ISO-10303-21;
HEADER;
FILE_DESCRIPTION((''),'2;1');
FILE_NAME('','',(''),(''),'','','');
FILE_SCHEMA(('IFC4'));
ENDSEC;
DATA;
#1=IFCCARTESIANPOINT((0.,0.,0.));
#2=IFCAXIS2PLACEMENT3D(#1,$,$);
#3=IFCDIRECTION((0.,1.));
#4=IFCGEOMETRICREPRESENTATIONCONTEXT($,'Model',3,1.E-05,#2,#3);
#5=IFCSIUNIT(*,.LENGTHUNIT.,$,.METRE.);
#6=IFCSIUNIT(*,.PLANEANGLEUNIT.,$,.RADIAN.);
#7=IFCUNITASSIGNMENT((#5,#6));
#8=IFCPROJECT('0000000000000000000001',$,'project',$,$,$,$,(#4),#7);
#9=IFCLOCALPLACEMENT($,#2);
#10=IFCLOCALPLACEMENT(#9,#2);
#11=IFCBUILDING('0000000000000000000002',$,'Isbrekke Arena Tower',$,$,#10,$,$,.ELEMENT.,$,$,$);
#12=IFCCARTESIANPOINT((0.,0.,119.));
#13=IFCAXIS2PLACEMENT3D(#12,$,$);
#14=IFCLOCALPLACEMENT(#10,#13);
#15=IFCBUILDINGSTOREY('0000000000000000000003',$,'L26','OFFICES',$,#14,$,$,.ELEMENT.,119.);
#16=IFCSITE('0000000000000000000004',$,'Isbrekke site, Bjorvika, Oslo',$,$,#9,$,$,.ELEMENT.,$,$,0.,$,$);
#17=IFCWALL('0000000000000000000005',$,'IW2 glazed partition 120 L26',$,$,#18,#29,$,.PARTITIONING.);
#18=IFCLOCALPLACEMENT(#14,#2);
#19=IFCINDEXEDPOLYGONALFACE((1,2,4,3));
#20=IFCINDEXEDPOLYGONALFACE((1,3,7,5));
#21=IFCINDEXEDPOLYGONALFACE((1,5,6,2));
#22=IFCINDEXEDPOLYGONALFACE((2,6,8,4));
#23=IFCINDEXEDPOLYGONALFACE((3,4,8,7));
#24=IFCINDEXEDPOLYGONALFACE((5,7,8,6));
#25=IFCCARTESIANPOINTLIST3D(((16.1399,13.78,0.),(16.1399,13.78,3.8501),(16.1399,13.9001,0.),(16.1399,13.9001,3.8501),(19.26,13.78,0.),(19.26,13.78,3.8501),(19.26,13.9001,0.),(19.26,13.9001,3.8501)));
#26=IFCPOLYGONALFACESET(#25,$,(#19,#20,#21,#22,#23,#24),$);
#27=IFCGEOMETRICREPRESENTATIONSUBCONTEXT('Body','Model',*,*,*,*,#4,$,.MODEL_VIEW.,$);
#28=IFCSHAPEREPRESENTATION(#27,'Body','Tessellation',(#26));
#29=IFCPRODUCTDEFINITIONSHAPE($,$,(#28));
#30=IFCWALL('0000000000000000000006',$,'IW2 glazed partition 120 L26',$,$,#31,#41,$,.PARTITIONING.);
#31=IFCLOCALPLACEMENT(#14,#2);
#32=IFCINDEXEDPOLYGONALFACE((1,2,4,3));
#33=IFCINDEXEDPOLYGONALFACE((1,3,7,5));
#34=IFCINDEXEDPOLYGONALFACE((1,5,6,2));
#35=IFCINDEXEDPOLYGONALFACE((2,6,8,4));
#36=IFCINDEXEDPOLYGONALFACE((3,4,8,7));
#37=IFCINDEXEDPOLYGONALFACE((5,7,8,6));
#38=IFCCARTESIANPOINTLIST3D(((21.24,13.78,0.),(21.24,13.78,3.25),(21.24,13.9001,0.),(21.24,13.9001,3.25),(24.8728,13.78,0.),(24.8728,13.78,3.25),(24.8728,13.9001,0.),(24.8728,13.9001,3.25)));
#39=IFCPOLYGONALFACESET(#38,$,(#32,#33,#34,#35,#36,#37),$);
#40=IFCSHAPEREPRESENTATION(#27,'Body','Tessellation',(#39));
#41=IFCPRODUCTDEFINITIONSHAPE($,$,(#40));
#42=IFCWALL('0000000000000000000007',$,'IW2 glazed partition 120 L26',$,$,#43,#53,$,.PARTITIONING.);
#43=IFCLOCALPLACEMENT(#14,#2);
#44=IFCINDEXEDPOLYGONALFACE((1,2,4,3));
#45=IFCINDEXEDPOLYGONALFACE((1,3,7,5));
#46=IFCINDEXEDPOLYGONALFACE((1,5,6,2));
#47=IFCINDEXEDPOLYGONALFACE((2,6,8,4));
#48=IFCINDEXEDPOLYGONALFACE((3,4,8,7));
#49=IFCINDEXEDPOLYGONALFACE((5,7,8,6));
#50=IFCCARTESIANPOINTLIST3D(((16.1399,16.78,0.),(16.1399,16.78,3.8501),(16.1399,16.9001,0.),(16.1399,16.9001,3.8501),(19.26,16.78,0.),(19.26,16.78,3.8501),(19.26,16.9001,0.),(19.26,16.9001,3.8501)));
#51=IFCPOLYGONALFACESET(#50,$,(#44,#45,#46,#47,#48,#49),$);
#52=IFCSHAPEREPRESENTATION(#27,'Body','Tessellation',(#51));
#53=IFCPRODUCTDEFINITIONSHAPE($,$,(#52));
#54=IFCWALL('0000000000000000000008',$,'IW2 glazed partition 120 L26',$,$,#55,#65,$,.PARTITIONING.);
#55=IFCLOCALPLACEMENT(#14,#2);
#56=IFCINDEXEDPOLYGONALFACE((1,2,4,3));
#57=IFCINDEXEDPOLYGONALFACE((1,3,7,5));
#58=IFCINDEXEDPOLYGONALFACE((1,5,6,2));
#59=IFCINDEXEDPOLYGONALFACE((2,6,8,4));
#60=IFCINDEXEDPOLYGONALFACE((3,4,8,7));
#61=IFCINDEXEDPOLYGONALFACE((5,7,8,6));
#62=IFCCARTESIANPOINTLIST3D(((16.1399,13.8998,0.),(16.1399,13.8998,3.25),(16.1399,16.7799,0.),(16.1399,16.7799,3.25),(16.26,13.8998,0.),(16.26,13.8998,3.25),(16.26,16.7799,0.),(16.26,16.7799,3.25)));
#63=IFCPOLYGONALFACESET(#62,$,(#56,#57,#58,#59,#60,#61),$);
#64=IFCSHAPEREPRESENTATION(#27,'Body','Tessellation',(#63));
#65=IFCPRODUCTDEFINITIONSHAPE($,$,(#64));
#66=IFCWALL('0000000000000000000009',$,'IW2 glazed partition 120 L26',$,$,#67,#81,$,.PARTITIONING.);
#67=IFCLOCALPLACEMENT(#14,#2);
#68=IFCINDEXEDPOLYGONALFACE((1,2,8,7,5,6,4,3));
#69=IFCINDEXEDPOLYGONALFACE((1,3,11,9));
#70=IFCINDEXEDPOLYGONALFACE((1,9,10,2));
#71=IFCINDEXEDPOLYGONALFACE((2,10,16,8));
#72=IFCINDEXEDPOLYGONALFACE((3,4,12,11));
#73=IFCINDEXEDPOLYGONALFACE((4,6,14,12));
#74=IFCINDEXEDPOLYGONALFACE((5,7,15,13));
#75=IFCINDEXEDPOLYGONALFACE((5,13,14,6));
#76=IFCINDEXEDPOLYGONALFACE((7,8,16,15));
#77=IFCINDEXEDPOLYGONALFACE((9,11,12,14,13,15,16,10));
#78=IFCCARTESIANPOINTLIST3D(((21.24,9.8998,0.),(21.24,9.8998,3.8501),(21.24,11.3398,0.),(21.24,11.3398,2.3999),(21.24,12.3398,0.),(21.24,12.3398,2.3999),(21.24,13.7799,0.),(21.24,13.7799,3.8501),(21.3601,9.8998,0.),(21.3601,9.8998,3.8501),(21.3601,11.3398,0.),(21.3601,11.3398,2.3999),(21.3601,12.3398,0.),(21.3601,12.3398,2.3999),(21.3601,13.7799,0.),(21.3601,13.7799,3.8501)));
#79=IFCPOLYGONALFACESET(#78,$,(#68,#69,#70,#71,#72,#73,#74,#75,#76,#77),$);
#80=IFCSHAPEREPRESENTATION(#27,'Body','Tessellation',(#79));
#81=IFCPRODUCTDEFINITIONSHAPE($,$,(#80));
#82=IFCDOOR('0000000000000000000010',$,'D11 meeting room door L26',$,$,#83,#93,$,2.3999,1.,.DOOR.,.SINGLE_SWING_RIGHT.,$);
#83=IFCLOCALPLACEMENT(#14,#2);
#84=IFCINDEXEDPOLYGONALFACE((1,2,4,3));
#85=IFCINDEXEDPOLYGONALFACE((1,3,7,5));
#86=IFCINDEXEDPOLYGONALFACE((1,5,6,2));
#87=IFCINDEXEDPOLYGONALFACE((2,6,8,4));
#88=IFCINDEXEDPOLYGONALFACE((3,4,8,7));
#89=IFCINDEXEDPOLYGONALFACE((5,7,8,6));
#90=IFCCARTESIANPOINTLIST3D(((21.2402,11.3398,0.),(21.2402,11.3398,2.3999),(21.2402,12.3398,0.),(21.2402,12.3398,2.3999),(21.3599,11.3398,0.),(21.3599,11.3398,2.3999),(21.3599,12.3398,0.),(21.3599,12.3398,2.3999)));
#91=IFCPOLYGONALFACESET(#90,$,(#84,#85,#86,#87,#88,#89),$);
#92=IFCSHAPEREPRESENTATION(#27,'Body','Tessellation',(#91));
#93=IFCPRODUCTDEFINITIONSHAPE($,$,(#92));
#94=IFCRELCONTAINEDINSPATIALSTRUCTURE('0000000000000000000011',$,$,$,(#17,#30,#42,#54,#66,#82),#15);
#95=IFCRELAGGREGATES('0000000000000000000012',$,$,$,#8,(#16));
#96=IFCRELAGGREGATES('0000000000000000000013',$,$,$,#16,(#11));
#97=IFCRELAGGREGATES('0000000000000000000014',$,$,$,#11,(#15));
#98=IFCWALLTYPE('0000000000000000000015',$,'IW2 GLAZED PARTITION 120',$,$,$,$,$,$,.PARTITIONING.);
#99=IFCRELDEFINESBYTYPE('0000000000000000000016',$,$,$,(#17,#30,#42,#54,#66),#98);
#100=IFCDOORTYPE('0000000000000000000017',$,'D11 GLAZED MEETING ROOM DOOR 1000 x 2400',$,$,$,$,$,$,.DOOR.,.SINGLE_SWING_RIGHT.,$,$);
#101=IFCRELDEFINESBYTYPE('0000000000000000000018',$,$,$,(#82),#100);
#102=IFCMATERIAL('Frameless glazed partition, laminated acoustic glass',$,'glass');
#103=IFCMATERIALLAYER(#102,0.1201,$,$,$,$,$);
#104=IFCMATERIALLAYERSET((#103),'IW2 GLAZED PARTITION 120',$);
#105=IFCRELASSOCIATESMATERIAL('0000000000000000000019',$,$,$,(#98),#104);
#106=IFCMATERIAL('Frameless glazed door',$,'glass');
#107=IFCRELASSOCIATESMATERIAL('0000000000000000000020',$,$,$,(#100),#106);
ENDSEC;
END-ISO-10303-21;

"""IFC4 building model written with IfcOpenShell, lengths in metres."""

from ifc_helpers import new_model, si_unit, direction, frame, frame_2d, origin, place, context, subcontext, project, spatial, rectangle, extrude, material, layer, layer_set, type_object, element, fill, save


model = new_model("IFC4")

# Units and contexts
model_context = context("Model", 3, precision=1e-05, world=origin(), true_north=direction((0.0, 1.0)))
body_context = subcontext(model_context, "Body", "Model", "MODEL_VIEW")
ifc_project = project(units=[si_unit("LENGTHUNIT", "METRE"), si_unit("PLANEANGLEUNIT", "RADIAN")], contexts=[model_context])

# Site, building, storey
site_placement = place(None, origin())
site = spatial("IfcSite", under=ifc_project, at=site_placement, Name="Isbrekke site, Bjorvika, Oslo", CompositionType="ELEMENT", RefElevation=0.0)
building_placement = place(site_placement, origin())
building = spatial("IfcBuilding", under=site, at=building_placement, Name="Isbrekke Arena Tower", CompositionType="ELEMENT")
storey_placement = place(building_placement, frame((0.0, 0.0, 119.0)))
storey = spatial("IfcBuildingStorey", under=building, at=storey_placement, Name="L26", Description="OFFICES", CompositionType="ELEMENT", Elevation=119.0)

# Walls
ifc_material_1 = material(Name="Frameless glazed partition, laminated acoustic glass", Category="glass")
ifc_layer_1 = layer(ifc_material_1, 0.1201)
ifc_layer_set_1 = layer_set([ifc_layer_1], Name="IW2 GLAZED PARTITION 120")
wall_type_1 = type_object("IfcWallType", Name="IW2 GLAZED PARTITION 120", PredefinedType="PARTITIONING", material=ifc_layer_set_1)
wall_1_placement = place(storey_placement, frame((16.1399, 13.8401, 0.0), z_axis=(0.0, 0.0, 1.0), x_axis=(1.0, 0.0, 0.0)))
element("IfcWall", 1, at=wall_1_placement, inside=storey, type_object=wall_type_1, Name="IW2 glazed partition 120 L26", PredefinedType="PARTITIONING", context=body_context, shape_type="SweptSolid", body=[
    extrude(rectangle(XDim=3.1201, YDim=0.1201, at=frame_2d((1.5601, 0.0))), origin(), (0.0, 0.0, 1.0), 3.8501),
])
wall_2_placement = place(storey_placement, frame((21.24, 13.8401, 0.0), z_axis=(0.0, 0.0, 1.0), x_axis=(1.0, 0.0, 0.0)))
element("IfcWall", 2, at=wall_2_placement, inside=storey, type_object=wall_type_1, Name="IW2 glazed partition 120 L26", PredefinedType="PARTITIONING", context=body_context, shape_type="SweptSolid", body=[
    extrude(rectangle(XDim=3.6328, YDim=0.1201, at=frame_2d((1.8164, 0.0))), origin(), (0.0, 0.0, 1.0), 3.25),
])
wall_3_placement = place(storey_placement, frame((16.1399, 16.8401, 0.0), z_axis=(0.0, 0.0, 1.0), x_axis=(1.0, 0.0, 0.0)))
element("IfcWall", 3, at=wall_3_placement, inside=storey, type_object=wall_type_1, Name="IW2 glazed partition 120 L26", PredefinedType="PARTITIONING", context=body_context, shape_type="SweptSolid", body=[
    extrude(rectangle(XDim=3.1201, YDim=0.1201, at=frame_2d((1.5601, 0.0))), origin(), (0.0, 0.0, 1.0), 3.8501),
])
wall_4_placement = place(storey_placement, frame((16.2, 13.8999, 0.0), z_axis=(0.0, 0.0, 1.0), x_axis=(0.0, 1.0, 0.0)))
element("IfcWall", 4, at=wall_4_placement, inside=storey, type_object=wall_type_1, Name="IW2 glazed partition 120 L26", PredefinedType="PARTITIONING", context=body_context, shape_type="SweptSolid", body=[
    extrude(rectangle(XDim=2.8801, YDim=0.1201, at=frame_2d((1.4399, 0.0))), origin(), (0.0, 0.0, 1.0), 3.25),
])

# Wall, opening, door
ifc_material_2 = material(Name="Frameless glazed door", Category="glass")
door_type = type_object("IfcDoorType", Name="D11 GLAZED MEETING ROOM DOOR 1000 x 2400", OperationType="SINGLE_SWING_RIGHT", PredefinedType="DOOR", material=ifc_material_2)
wall_5_placement = place(storey_placement, frame((21.3, 9.8999, 0.0), z_axis=(0.0, 0.0, 1.0), x_axis=(0.0, 1.0, 0.0)))
wall_5 = element("IfcWall", 5, at=wall_5_placement, inside=storey, type_object=wall_type_1, Name="IW2 glazed partition 120 L26", PredefinedType="PARTITIONING", context=body_context, shape_type="SweptSolid", body=[
    extrude(rectangle(XDim=3.8801, YDim=0.1201, at=frame_2d((1.9399, 0.0))), origin(), (0.0, 0.0, 1.0), 3.8501),
])
opening_1_placement = place(wall_5_placement, frame((1.4399, 0.0, 0.0)))
opening_1 = element("IfcOpeningElement", 6, at=opening_1_placement, cuts=wall_5, PredefinedType="OPENING", context=body_context, shape_type="SweptSolid", body=[
    extrude(rectangle(XDim=1.0, YDim=2.3999, at=frame_2d((0.5, 1.2))), frame((0.0, 0.075, 0.0), z_axis=(0.0, -1.0, 0.0), x_axis=(1.0, 0.0, 0.0)), (0.0, 0.0, 1.0), 0.1499),
])
door_1_placement = place(opening_1_placement, origin())
door_1 = element("IfcDoor", 7, at=door_1_placement, inside=storey, type_object=door_type, Name="D11 meeting room door L26", OperationType="SINGLE_SWING_RIGHT", OverallHeight=2.3999, OverallWidth=1.0, PredefinedType="DOOR", context=body_context, shape_type="SweptSolid", body=[
    extrude(rectangle(XDim=1.0, YDim=2.3999, at=frame_2d((0.5, 1.2))), frame((0.0, 0.0598, 0.0), z_axis=(0.0, -1.0, 0.0), x_axis=(1.0, 0.0, 0.0)), (0.0, 0.0, 1.0), 0.1196),
])
fill(opening_1, door_1)

save(model, "model.ifc")
